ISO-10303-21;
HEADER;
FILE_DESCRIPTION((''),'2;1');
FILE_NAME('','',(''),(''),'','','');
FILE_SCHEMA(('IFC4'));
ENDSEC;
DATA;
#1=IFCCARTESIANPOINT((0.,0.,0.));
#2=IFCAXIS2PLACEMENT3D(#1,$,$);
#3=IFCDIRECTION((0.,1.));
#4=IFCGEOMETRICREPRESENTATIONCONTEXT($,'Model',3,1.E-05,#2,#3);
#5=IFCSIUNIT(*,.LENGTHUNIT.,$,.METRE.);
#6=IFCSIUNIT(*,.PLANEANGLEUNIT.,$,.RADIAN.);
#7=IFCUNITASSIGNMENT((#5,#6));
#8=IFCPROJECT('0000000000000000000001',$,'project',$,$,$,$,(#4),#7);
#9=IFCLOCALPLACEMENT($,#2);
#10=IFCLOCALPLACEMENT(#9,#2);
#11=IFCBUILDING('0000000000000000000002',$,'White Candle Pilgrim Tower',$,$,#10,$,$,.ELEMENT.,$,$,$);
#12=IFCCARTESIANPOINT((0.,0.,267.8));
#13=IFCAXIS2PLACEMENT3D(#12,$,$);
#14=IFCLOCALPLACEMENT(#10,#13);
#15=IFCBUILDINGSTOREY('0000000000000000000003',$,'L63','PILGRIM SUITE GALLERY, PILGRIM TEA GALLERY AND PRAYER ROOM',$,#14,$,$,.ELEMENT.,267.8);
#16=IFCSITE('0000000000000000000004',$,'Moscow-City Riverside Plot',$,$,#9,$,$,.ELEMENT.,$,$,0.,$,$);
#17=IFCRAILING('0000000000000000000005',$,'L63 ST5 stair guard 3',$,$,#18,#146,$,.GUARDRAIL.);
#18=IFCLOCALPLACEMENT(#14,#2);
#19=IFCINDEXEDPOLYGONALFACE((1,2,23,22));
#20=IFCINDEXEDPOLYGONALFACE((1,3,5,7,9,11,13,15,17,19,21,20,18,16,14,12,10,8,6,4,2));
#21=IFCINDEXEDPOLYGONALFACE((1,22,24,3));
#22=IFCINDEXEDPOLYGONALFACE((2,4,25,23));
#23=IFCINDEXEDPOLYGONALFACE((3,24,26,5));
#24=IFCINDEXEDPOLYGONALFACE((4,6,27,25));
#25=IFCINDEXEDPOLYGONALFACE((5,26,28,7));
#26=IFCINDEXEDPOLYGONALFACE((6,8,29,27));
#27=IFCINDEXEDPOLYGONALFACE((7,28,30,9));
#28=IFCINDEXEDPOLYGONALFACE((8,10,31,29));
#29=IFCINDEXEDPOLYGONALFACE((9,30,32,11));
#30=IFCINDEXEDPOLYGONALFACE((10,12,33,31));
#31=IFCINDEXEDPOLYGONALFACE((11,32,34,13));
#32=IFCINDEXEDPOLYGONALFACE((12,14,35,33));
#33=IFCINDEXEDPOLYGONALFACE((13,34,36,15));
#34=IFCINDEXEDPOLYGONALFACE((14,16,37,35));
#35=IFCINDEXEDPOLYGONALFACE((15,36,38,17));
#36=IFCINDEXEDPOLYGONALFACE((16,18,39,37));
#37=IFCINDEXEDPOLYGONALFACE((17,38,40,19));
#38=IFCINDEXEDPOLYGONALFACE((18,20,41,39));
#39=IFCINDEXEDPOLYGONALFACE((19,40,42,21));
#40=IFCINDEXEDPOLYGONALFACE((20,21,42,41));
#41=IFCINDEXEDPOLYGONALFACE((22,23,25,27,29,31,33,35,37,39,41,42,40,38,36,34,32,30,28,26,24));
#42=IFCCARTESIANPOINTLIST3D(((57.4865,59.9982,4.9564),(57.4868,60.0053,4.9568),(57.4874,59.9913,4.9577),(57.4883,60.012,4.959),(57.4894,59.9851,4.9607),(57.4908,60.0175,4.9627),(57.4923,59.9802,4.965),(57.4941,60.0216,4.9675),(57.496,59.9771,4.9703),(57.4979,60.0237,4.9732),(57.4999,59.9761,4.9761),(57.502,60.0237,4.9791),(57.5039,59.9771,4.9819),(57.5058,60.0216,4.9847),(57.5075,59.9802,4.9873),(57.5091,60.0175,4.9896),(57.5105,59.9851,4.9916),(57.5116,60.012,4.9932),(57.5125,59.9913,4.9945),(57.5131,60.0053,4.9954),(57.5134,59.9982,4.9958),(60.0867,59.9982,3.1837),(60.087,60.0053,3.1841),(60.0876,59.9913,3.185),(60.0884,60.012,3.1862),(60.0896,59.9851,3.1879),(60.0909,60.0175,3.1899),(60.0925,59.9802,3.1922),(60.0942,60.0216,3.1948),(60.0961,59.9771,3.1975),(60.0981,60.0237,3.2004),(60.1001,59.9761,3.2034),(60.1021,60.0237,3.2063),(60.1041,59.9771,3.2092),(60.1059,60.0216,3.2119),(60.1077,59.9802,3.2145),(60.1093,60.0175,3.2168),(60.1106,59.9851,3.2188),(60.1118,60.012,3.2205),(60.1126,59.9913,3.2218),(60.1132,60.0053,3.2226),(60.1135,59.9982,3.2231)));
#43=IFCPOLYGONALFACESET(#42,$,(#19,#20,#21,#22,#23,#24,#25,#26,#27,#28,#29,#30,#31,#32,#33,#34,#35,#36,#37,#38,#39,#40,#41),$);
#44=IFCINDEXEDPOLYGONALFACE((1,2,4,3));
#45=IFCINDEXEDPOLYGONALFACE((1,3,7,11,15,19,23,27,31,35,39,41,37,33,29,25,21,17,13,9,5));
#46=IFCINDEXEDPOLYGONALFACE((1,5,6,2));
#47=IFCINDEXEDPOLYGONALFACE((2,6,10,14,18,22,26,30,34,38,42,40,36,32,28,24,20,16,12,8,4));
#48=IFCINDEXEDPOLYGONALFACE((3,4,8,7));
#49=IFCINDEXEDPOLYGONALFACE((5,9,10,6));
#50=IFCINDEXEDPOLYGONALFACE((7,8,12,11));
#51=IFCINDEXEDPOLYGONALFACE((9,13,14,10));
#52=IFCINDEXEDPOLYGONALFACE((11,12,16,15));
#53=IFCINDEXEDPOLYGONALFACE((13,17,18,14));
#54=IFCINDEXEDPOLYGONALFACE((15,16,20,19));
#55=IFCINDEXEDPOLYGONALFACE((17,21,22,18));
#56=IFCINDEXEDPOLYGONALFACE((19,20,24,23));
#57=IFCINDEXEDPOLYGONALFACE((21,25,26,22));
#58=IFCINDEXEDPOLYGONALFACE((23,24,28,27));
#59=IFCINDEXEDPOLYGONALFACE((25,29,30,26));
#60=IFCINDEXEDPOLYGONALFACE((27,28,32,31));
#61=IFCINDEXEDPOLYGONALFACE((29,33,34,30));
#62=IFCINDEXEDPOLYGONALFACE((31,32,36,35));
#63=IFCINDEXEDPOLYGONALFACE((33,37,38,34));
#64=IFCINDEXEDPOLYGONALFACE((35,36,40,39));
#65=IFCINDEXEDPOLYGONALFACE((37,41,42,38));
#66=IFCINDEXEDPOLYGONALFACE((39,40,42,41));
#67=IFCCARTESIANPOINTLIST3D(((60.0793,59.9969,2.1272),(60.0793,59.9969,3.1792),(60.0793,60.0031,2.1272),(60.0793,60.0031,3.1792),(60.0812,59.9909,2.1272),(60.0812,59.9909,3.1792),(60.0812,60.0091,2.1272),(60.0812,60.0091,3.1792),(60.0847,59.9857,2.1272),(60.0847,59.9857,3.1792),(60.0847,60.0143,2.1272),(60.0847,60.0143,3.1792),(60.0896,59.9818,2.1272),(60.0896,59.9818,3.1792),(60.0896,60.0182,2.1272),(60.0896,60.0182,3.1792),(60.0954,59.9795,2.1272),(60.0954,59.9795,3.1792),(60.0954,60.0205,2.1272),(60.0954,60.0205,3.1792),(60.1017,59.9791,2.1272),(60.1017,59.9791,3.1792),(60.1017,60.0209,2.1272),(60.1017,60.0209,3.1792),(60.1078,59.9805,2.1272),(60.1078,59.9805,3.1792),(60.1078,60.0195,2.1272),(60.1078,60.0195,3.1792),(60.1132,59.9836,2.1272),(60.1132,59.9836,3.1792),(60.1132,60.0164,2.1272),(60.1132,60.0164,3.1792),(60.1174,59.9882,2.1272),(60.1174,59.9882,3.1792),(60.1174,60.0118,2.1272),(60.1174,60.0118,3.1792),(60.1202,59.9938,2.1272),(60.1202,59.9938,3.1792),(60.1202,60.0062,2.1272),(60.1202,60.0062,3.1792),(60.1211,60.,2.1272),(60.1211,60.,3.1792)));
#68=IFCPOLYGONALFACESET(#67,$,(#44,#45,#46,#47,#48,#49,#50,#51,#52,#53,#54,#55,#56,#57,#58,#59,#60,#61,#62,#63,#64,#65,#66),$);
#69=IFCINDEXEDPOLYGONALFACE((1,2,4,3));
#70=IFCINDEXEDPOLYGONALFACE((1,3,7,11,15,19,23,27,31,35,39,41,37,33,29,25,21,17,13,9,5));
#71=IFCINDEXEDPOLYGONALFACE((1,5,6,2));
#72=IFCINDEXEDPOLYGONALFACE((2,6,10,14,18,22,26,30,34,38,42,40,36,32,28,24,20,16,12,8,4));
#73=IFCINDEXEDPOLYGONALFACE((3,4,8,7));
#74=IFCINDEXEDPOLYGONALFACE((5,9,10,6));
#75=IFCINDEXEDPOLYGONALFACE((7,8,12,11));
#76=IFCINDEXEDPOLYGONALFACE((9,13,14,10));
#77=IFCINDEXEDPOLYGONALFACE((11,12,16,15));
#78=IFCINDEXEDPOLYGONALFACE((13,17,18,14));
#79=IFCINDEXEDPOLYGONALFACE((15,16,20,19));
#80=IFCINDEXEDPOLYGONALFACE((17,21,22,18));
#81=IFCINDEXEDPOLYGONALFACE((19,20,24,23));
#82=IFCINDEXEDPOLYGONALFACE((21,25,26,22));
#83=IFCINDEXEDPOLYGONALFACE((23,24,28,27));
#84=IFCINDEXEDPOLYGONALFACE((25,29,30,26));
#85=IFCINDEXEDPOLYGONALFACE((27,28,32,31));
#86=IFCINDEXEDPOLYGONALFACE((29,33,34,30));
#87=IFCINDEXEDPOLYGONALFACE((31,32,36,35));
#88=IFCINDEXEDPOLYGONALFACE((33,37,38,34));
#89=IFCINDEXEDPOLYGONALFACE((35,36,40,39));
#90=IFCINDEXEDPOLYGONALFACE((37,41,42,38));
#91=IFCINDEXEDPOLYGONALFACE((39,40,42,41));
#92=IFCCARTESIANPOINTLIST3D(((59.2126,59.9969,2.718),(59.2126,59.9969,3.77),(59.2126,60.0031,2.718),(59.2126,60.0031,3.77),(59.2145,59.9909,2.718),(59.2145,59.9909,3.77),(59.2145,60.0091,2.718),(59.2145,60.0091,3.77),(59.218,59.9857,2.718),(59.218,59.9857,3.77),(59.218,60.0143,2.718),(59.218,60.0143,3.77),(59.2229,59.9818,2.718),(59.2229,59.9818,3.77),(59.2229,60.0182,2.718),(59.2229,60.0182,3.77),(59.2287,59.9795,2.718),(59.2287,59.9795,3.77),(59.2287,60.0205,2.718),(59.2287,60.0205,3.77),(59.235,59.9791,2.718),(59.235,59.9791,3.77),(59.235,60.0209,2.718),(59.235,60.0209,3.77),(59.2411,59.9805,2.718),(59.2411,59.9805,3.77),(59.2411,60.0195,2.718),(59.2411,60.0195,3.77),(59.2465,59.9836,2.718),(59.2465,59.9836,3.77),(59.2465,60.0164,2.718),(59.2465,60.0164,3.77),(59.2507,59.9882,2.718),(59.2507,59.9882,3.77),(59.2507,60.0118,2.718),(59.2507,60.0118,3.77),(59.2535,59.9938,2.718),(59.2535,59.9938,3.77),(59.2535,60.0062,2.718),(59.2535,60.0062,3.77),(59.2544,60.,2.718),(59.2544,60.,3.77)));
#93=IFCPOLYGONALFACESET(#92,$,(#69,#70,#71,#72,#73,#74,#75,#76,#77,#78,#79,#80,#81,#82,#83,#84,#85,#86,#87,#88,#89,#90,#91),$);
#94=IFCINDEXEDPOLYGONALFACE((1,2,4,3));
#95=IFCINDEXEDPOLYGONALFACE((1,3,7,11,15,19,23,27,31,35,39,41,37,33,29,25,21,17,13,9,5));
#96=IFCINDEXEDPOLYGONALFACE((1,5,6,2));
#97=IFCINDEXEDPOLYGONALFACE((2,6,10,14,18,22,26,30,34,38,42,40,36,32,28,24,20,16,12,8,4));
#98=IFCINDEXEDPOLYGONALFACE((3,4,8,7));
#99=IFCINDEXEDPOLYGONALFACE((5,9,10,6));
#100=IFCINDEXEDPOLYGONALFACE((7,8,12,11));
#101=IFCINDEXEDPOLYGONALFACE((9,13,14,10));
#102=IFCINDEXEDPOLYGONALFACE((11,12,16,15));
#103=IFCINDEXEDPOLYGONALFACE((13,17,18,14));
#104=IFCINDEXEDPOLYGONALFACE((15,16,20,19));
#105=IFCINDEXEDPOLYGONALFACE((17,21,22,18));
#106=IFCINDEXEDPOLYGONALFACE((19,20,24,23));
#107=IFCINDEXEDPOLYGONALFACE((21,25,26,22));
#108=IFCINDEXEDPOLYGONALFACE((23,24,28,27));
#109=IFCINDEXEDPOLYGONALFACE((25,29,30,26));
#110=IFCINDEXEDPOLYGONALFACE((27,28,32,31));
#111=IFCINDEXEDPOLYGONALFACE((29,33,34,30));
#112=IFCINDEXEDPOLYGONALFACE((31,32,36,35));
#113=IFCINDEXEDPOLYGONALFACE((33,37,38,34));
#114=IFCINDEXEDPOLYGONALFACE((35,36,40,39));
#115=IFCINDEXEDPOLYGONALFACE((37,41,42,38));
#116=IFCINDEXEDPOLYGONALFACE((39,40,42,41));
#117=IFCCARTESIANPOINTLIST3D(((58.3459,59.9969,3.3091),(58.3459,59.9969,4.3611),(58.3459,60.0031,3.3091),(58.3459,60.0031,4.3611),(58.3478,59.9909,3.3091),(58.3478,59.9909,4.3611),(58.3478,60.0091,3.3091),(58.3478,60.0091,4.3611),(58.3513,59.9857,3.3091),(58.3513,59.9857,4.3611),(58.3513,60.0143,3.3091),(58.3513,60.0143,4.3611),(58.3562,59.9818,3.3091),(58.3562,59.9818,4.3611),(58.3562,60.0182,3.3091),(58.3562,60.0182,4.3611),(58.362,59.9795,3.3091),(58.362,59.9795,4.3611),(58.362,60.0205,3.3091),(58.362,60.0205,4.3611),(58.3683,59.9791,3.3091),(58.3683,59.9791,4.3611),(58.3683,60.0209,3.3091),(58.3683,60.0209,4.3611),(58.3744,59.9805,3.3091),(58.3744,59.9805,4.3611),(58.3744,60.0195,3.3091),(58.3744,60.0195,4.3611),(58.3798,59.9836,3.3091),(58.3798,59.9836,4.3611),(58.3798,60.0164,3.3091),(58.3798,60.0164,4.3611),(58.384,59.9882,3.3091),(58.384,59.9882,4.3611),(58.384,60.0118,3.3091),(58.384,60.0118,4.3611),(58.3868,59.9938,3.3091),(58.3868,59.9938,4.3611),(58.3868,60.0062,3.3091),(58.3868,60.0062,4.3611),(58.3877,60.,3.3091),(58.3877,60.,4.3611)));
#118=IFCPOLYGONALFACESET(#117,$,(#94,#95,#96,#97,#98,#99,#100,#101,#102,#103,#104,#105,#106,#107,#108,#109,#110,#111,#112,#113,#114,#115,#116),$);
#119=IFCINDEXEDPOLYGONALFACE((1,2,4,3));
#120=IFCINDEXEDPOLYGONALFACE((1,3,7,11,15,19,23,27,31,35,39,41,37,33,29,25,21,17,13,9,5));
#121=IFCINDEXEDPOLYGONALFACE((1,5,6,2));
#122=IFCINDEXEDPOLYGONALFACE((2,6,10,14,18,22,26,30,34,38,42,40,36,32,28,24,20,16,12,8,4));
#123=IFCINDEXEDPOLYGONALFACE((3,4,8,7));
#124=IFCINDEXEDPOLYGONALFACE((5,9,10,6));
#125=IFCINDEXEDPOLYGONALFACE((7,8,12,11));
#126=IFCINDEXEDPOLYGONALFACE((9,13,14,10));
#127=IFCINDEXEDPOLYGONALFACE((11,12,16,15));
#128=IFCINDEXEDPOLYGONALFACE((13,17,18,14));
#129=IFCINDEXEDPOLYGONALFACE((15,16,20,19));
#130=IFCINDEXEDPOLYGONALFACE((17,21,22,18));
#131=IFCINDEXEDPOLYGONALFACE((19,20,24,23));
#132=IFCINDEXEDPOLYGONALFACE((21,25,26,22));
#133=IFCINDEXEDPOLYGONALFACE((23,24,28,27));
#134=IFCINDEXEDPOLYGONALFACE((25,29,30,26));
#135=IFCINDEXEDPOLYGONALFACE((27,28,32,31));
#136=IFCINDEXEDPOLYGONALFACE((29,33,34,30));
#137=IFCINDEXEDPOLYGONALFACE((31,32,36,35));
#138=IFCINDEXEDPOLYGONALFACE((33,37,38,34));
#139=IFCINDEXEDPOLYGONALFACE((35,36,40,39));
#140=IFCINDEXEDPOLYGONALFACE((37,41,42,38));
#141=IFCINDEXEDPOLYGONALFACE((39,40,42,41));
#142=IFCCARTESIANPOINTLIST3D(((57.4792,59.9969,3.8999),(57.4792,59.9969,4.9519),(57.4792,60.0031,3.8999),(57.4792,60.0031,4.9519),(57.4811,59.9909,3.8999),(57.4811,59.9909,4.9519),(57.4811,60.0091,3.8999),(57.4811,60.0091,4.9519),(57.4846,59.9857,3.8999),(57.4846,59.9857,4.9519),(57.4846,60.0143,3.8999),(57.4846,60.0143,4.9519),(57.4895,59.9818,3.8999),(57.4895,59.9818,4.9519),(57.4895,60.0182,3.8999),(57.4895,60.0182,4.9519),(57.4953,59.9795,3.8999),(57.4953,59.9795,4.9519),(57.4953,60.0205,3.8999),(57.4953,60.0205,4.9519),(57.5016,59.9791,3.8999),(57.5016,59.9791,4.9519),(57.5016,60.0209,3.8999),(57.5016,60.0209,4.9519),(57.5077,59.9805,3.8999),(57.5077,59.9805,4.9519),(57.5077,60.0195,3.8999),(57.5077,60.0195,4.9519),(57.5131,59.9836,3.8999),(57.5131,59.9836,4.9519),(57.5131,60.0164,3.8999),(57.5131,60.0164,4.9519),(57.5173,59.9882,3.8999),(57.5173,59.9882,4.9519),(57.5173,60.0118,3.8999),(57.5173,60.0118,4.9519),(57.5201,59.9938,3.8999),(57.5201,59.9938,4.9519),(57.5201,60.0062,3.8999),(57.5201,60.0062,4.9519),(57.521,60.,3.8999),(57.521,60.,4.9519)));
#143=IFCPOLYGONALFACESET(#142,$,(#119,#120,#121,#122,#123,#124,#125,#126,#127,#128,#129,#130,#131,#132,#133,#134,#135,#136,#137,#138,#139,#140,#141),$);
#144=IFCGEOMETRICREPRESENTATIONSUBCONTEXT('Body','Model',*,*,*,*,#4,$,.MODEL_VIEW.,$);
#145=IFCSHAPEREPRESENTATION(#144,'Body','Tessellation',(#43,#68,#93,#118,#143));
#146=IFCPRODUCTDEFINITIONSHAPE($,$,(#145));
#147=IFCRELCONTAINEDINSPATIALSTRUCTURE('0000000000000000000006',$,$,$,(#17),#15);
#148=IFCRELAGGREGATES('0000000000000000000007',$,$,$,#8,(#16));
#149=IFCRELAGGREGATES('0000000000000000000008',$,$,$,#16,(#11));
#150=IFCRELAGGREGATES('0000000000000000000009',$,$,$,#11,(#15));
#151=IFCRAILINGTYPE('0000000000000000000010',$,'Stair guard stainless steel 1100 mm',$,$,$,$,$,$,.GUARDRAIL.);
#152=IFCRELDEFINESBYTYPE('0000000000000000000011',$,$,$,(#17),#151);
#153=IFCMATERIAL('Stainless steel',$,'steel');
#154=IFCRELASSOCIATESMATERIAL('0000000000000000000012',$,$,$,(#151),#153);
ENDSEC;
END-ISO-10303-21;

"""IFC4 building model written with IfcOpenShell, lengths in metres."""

from ifc_helpers import new_model, si_unit, direction, frame, origin, origin_2d, place, context, subcontext, project, spatial, circle, extrude, material, type_object, element, save


model = new_model("IFC4")

# Units and contexts
model_context = context("Model", 3, precision=1e-05, world=origin(), true_north=direction((0.0, 1.0)))
body_context = subcontext(model_context, "Body", "Model", "MODEL_VIEW")
ifc_project = project(units=[si_unit("LENGTHUNIT", "METRE"), si_unit("PLANEANGLEUNIT", "RADIAN")], contexts=[model_context])

# Site, building, storey
site_placement = place(None, origin())
site = spatial("IfcSite", under=ifc_project, at=site_placement, Name="Moscow-City Riverside Plot", CompositionType="ELEMENT", RefElevation=0.0)
building_placement = place(site_placement, origin())
building = spatial("IfcBuilding", under=site, at=building_placement, Name="White Candle Pilgrim Tower", CompositionType="ELEMENT")
storey_placement = place(building_placement, frame((0.0, 0.0, 267.8)))
storey = spatial("IfcBuildingStorey", under=building, at=storey_placement, Name="L63", Description="PILGRIM SUITE GALLERY, PILGRIM TEA GALLERY AND PRAYER ROOM", CompositionType="ELEMENT", Elevation=267.8)

# Railing
ifc_material_1 = material(Name="Stainless steel", Category="steel")
railing_type_1 = type_object("IfcRailingType", Name="Stair guard stainless steel 1100 mm", PredefinedType="GUARDRAIL", material=ifc_material_1)
railing_1_placement = place(storey_placement, frame((60.1001, 60.0, 2.1272)))
element("IfcRailing", 1, at=railing_1_placement, inside=storey, type_object=railing_type_1, Name="L63 ST5 stair guard 3", PredefinedType="GUARDRAIL", context=body_context, shape_type="SweptSolid", body=[
    extrude(circle(Radius=0.0239, at=origin_2d()), frame((0.0, 0.0, 1.0762), z_axis=(-0.82624, 0.0, 0.563318), x_axis=(0.0, -1.0, 0.0)), (0.0, 0.0, 1.0), 3.147),
    extrude(circle(Radius=0.021, at=origin_2d()), origin(), (0.0, 0.0, 1.0), 1.052),
    extrude(circle(Radius=0.021, at=origin_2d()), frame((-0.8667, 0.0, 0.5908)), (0.0, 0.0, 1.0), 1.052),
    extrude(circle(Radius=0.021, at=origin_2d()), frame((-1.7334, 0.0, 1.1819)), (0.0, 0.0, 1.0), 1.052),
    extrude(circle(Radius=0.021, at=origin_2d()), frame((-2.6001, 0.0, 1.7727)), (0.0, 0.0, 1.0), 1.052),
])

save(model, "model.ifc")
